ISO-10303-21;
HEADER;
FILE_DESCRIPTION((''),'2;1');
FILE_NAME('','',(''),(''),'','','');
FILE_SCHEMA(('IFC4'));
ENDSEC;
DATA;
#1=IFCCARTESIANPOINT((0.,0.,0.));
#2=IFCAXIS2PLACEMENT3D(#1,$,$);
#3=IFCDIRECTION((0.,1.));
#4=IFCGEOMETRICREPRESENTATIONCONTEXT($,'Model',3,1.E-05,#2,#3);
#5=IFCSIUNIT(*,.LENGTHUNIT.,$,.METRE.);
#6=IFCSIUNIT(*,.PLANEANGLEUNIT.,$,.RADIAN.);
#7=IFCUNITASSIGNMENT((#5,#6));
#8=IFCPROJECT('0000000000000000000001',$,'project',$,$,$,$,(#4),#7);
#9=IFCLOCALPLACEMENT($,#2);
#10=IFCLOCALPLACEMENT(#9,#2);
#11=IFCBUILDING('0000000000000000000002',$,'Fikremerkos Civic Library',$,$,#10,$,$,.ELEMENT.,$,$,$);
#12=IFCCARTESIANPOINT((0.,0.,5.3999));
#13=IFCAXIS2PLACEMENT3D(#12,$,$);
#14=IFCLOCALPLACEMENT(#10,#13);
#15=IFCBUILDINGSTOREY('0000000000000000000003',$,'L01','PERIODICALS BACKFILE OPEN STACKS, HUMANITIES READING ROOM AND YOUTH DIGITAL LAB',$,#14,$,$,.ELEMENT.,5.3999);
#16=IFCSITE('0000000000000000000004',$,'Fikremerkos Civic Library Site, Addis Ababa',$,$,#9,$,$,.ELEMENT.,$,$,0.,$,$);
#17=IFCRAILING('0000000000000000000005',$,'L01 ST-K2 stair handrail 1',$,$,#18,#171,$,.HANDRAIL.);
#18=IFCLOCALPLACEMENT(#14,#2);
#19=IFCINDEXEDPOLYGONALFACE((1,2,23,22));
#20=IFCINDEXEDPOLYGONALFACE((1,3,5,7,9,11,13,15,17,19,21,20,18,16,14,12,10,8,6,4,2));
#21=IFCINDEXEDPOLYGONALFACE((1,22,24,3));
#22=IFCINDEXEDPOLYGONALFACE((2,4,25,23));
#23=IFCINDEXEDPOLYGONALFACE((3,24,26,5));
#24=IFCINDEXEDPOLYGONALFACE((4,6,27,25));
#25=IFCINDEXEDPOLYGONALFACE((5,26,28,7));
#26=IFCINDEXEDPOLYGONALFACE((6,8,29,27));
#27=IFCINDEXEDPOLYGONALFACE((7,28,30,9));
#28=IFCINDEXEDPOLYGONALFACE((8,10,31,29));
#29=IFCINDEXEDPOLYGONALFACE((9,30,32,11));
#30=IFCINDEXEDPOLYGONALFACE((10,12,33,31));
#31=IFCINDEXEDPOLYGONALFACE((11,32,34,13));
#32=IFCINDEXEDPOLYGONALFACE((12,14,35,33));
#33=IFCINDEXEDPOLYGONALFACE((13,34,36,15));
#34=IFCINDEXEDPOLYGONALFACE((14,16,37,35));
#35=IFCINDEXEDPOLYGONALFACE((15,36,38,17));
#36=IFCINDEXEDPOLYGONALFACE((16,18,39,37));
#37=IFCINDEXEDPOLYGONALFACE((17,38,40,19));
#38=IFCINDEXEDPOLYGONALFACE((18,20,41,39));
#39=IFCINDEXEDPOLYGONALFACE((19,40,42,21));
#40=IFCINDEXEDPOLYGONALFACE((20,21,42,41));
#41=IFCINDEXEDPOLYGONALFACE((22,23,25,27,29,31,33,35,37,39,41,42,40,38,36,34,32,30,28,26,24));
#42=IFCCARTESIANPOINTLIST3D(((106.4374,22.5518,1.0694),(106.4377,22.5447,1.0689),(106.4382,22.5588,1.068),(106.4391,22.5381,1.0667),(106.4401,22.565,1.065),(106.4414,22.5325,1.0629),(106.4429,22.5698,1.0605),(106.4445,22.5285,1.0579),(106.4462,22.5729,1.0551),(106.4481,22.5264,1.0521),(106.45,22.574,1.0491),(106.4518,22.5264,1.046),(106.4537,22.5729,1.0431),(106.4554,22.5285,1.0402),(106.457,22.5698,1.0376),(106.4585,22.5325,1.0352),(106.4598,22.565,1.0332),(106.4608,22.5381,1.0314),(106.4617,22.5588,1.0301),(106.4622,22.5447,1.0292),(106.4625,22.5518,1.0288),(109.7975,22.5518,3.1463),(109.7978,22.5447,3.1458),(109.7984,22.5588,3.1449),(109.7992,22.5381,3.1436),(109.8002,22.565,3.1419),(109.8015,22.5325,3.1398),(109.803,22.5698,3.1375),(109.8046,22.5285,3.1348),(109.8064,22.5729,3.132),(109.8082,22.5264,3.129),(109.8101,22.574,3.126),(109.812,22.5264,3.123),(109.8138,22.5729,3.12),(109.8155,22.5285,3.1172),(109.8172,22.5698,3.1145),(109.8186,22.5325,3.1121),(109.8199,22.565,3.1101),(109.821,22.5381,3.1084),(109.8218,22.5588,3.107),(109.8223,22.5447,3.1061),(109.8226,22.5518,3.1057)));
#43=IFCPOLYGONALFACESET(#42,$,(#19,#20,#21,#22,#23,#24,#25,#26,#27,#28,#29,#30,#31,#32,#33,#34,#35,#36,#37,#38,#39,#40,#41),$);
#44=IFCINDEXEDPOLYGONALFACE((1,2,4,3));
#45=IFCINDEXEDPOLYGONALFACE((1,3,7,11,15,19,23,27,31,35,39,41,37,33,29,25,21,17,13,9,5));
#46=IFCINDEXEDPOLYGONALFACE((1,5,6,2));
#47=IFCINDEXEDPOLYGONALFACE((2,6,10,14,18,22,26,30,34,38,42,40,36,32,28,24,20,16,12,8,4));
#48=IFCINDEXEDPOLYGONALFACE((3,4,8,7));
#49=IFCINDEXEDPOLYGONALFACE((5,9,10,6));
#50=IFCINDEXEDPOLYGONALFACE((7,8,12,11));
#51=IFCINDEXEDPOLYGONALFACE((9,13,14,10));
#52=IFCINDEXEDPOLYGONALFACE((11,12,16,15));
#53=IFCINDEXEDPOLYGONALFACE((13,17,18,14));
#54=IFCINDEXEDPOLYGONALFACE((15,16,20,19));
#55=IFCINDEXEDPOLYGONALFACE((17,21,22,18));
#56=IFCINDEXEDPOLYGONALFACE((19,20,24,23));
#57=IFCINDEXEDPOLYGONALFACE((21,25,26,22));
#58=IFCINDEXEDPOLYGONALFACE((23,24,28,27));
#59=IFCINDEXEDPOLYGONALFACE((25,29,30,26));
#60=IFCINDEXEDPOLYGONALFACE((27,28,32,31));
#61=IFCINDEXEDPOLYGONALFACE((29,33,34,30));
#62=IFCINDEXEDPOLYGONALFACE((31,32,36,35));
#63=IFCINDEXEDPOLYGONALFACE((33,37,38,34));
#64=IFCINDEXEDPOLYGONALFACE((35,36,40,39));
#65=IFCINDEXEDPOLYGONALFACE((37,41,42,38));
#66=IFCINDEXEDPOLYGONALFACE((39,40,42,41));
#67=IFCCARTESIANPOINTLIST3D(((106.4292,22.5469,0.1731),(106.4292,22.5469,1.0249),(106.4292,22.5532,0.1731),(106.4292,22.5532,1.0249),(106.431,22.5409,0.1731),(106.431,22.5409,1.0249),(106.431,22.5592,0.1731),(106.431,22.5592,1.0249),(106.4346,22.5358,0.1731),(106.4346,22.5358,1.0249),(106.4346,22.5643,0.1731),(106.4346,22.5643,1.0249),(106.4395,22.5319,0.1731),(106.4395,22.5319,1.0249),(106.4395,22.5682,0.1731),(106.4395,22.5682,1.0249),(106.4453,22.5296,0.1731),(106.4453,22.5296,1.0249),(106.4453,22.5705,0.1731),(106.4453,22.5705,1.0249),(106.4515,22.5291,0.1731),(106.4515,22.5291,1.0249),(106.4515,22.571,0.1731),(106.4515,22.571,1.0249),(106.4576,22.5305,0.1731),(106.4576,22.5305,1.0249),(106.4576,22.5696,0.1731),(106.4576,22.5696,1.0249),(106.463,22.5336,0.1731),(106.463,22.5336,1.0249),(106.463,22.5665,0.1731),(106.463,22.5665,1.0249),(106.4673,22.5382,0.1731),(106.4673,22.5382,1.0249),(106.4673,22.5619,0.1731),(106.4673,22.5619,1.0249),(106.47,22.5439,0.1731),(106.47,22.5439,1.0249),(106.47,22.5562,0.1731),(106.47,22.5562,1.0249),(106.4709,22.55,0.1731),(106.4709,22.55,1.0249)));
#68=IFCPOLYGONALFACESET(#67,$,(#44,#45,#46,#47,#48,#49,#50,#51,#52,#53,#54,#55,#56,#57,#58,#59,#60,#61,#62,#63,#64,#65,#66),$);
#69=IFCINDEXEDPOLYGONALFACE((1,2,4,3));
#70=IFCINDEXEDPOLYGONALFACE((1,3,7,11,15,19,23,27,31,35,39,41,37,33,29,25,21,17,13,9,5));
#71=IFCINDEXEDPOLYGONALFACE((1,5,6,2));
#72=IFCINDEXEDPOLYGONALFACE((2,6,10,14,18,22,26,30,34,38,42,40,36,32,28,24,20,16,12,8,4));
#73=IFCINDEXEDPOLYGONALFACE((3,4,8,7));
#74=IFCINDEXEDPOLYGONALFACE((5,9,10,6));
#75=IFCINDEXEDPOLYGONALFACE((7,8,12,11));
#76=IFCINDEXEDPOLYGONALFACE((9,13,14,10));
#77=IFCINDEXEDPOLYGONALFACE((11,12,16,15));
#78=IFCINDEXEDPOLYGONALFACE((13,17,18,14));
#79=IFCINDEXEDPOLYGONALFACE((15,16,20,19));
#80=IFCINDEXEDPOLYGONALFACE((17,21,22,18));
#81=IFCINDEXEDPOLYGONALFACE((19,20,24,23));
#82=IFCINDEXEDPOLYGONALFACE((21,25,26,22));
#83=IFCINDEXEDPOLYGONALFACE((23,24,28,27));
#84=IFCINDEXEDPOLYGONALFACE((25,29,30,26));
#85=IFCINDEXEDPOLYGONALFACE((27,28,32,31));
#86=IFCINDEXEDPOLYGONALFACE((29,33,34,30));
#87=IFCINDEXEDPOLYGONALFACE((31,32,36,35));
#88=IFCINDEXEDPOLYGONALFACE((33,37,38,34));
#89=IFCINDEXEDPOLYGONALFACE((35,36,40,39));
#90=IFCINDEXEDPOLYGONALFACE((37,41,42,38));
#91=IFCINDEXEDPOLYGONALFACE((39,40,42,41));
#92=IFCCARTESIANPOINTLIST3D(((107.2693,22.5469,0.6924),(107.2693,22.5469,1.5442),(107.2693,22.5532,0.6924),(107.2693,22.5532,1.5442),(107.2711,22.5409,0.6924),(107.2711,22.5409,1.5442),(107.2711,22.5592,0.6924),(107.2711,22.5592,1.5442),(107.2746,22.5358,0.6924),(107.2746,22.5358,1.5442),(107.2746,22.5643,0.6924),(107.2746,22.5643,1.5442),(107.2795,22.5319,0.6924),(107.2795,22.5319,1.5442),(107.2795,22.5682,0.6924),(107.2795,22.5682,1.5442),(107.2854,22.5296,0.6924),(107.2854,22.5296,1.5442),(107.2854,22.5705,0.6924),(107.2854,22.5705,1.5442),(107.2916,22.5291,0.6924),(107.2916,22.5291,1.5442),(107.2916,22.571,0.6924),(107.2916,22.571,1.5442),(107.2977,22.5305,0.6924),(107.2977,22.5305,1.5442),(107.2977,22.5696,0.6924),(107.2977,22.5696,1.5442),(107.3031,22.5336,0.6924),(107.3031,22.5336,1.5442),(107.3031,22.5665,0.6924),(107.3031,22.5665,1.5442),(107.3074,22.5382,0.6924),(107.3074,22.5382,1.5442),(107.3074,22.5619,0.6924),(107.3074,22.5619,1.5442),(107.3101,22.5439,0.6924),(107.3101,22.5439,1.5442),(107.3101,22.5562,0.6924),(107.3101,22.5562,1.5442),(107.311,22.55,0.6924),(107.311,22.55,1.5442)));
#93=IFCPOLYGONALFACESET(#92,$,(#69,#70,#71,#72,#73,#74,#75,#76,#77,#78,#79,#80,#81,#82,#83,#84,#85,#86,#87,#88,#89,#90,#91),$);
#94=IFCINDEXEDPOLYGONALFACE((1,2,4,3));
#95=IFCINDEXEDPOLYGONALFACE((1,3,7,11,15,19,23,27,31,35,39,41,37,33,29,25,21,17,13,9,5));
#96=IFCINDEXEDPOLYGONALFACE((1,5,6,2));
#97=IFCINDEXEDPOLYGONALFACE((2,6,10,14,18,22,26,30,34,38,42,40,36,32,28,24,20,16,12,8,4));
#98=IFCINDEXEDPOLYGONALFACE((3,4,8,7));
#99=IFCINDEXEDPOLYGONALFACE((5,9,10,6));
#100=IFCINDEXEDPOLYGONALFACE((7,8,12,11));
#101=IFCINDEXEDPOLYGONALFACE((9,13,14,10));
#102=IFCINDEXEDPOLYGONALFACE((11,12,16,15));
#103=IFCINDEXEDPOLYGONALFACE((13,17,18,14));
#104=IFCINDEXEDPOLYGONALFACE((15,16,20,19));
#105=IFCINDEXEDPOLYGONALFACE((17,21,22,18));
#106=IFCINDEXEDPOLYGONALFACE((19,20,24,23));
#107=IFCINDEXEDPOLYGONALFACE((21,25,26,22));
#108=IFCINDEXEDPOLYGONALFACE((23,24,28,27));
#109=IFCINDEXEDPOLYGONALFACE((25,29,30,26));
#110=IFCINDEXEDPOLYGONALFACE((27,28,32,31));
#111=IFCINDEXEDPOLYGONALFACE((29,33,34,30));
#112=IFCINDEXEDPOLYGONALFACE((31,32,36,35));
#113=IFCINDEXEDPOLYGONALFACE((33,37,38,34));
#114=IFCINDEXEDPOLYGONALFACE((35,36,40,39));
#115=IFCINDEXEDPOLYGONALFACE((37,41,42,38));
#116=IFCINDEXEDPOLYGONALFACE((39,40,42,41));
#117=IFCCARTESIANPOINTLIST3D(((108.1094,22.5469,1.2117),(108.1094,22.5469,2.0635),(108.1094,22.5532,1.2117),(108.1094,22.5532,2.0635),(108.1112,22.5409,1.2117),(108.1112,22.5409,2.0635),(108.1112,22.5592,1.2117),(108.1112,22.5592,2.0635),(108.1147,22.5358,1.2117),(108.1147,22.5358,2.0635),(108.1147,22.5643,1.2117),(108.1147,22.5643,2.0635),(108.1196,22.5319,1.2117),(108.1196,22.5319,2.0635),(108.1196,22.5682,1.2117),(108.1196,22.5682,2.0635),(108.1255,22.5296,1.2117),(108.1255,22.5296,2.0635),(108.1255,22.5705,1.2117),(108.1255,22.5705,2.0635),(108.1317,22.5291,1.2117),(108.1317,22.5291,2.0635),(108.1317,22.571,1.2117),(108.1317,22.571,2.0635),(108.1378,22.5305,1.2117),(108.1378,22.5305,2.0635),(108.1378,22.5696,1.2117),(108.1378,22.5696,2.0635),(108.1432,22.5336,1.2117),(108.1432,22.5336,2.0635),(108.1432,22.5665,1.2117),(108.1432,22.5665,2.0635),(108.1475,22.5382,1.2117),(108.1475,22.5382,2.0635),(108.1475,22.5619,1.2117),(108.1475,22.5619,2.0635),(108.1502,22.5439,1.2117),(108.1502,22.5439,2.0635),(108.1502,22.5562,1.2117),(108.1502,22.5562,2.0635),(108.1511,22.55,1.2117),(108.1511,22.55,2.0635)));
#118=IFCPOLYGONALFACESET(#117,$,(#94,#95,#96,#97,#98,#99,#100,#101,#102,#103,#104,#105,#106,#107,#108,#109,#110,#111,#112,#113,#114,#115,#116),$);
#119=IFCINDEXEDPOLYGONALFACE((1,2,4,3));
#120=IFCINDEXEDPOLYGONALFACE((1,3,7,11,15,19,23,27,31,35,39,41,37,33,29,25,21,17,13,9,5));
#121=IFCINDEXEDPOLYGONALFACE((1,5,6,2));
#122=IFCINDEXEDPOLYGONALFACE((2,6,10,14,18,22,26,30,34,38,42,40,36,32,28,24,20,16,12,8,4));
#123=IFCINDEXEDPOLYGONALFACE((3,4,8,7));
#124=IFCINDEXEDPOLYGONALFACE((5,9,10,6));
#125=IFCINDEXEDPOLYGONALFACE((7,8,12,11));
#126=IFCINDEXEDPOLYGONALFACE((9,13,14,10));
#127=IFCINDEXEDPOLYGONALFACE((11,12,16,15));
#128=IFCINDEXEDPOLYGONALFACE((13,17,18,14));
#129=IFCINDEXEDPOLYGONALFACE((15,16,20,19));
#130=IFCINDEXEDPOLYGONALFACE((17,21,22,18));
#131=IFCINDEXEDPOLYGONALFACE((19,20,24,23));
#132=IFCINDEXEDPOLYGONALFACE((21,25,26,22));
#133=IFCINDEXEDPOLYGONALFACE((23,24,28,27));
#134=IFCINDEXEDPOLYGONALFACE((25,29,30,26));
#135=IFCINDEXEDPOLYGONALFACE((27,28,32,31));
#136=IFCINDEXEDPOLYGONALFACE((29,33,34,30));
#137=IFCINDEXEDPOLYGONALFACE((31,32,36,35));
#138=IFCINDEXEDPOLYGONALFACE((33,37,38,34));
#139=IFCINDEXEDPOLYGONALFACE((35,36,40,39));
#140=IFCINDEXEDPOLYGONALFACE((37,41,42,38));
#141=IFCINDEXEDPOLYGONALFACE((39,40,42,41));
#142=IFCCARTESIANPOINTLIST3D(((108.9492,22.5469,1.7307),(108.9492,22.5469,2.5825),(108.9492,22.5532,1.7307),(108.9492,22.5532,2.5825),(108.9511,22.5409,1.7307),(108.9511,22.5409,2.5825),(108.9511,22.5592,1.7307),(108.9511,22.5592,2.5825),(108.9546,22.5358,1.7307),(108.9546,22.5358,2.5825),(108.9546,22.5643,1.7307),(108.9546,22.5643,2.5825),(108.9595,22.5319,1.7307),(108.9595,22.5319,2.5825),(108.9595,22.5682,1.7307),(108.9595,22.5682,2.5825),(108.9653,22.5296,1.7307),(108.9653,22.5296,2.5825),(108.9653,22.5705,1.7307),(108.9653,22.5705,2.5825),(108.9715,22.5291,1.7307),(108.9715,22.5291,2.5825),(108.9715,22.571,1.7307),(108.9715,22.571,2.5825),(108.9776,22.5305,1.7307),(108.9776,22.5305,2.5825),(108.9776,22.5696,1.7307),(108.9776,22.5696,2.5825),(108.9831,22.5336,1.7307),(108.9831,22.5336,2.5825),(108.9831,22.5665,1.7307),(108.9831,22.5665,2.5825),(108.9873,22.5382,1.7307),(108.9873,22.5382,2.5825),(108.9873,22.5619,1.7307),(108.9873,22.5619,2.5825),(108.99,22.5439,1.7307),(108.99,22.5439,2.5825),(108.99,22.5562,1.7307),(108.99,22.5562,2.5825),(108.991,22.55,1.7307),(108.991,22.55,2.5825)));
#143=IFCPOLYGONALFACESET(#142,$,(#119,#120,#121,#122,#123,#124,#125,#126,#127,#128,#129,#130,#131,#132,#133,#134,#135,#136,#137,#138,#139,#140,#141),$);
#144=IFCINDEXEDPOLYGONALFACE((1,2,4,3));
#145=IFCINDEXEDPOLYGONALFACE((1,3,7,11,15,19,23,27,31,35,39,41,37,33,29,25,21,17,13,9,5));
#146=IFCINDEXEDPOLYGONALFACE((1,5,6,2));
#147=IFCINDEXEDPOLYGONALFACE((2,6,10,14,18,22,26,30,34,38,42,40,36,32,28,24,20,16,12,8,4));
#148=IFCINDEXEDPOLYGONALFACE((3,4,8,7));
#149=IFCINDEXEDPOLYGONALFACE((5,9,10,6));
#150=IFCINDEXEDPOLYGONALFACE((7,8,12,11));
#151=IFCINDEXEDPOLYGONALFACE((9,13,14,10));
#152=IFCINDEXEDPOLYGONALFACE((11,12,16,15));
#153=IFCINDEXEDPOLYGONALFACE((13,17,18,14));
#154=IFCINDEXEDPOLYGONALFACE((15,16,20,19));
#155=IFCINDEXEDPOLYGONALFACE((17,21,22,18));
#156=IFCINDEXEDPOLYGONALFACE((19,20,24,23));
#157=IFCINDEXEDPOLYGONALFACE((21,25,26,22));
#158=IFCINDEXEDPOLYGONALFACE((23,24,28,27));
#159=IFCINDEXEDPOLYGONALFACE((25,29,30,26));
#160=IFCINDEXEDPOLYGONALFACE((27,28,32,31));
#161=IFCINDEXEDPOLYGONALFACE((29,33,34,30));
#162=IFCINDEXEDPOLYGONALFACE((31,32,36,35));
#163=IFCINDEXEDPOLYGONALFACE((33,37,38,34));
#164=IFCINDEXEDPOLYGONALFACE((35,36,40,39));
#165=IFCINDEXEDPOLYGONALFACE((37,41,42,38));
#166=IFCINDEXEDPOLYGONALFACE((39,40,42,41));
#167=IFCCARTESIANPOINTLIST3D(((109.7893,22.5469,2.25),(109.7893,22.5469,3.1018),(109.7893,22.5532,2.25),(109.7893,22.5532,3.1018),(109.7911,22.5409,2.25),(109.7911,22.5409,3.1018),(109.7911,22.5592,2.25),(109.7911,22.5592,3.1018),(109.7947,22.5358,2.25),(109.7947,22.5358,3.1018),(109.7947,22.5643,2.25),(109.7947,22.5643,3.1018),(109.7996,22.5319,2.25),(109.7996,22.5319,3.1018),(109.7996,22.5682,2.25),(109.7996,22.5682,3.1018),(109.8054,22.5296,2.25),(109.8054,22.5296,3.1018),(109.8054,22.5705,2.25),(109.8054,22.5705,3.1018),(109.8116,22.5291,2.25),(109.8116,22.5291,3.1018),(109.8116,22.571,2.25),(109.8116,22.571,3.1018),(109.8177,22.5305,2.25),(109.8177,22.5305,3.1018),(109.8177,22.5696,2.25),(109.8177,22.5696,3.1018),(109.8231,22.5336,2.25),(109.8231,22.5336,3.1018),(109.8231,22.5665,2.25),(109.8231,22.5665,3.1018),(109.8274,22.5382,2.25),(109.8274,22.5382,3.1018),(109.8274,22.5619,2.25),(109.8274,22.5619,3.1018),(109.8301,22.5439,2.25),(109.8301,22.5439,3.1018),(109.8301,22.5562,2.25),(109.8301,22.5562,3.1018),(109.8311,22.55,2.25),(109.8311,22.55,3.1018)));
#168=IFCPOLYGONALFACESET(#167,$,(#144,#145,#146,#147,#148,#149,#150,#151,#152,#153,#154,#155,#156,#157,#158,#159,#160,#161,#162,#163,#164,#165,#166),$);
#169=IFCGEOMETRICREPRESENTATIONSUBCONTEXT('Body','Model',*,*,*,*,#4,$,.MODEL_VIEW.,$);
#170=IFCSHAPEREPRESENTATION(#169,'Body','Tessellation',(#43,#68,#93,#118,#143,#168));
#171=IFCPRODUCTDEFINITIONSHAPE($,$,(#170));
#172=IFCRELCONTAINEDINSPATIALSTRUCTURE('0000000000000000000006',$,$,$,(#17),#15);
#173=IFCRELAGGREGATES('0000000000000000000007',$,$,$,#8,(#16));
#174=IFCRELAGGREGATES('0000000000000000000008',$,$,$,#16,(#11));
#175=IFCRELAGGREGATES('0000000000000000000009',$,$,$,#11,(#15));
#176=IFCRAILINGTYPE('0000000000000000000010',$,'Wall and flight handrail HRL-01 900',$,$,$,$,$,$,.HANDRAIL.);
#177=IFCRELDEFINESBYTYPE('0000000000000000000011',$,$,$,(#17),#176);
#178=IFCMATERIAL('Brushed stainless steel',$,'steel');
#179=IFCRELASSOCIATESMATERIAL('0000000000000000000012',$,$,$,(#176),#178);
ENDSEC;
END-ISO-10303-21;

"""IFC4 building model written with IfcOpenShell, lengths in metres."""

from ifc_helpers import new_model, si_unit, direction, frame, origin, origin_2d, place, context, subcontext, project, spatial, circle, extrude, material, type_object, element, save


model = new_model("IFC4")

# Units and contexts
model_context = context("Model", 3, precision=1e-05, world=origin(), true_north=direction((0.0, 1.0)))
body_context = subcontext(model_context, "Body", "Model", "MODEL_VIEW")
ifc_project = project(units=[si_unit("LENGTHUNIT", "METRE"), si_unit("PLANEANGLEUNIT", "RADIAN")], contexts=[model_context])

# Site, building, storey
site_placement = place(None, origin())
site = spatial("IfcSite", under=ifc_project, at=site_placement, Name="Fikremerkos Civic Library Site, Addis Ababa", CompositionType="ELEMENT", RefElevation=0.0)
building_placement = place(site_placement, origin())
building = spatial("IfcBuilding", under=site, at=building_placement, Name="Fikremerkos Civic Library", CompositionType="ELEMENT")
storey_placement = place(building_placement, frame((0.0, 0.0, 5.3999)))
storey = spatial("IfcBuildingStorey", under=building, at=storey_placement, Name="L01", Description="PERIODICALS BACKFILE OPEN STACKS, HUMANITIES READING ROOM AND YOUTH DIGITAL LAB", CompositionType="ELEMENT", Elevation=5.3999)

# Railing
ifc_material_1 = material(Name="Brushed stainless steel", Category="steel")
railing_type_1 = type_object("IfcRailingType", Name="Wall and flight handrail HRL-01 900", PredefinedType="HANDRAIL", material=ifc_material_1)
railing_1_placement = place(storey_placement, frame((106.45, 22.55, 0.1731)))
element("IfcRailing", 1, at=railing_1_placement, inside=storey, type_object=railing_type_1, Name="L01 ST-K2 stair handrail 1", PredefinedType="HANDRAIL", context=body_context, shape_type="SweptSolid", body=[
    extrude(circle(Radius=0.0239, at=origin_2d()), frame((0.0, 0.0, 0.876), z_axis=(0.850623, 0.0, 0.525776), x_axis=(0.0, 1.0, 0.0)), (0.0, 0.0, 1.0), 3.9502),
    extrude(circle(Radius=0.021, at=origin_2d()), origin(), (0.0, 0.0, 1.0), 0.8518),
    extrude(circle(Radius=0.021, at=origin_2d()), frame((0.8401, 0.0, 0.5193)), (0.0, 0.0, 1.0), 0.8518),
    extrude(circle(Radius=0.021, at=origin_2d()), frame((1.6802, 0.0, 1.0386)), (0.0, 0.0, 1.0), 0.8518),
    extrude(circle(Radius=0.021, at=origin_2d()), frame((2.52, 0.0, 1.5576)), (0.0, 0.0, 1.0), 0.8518),
    extrude(circle(Radius=0.021, at=origin_2d()), frame((3.3601, 0.0, 2.0769)), (0.0, 0.0, 1.0), 0.8518),
])

save(model, "model.ifc")
